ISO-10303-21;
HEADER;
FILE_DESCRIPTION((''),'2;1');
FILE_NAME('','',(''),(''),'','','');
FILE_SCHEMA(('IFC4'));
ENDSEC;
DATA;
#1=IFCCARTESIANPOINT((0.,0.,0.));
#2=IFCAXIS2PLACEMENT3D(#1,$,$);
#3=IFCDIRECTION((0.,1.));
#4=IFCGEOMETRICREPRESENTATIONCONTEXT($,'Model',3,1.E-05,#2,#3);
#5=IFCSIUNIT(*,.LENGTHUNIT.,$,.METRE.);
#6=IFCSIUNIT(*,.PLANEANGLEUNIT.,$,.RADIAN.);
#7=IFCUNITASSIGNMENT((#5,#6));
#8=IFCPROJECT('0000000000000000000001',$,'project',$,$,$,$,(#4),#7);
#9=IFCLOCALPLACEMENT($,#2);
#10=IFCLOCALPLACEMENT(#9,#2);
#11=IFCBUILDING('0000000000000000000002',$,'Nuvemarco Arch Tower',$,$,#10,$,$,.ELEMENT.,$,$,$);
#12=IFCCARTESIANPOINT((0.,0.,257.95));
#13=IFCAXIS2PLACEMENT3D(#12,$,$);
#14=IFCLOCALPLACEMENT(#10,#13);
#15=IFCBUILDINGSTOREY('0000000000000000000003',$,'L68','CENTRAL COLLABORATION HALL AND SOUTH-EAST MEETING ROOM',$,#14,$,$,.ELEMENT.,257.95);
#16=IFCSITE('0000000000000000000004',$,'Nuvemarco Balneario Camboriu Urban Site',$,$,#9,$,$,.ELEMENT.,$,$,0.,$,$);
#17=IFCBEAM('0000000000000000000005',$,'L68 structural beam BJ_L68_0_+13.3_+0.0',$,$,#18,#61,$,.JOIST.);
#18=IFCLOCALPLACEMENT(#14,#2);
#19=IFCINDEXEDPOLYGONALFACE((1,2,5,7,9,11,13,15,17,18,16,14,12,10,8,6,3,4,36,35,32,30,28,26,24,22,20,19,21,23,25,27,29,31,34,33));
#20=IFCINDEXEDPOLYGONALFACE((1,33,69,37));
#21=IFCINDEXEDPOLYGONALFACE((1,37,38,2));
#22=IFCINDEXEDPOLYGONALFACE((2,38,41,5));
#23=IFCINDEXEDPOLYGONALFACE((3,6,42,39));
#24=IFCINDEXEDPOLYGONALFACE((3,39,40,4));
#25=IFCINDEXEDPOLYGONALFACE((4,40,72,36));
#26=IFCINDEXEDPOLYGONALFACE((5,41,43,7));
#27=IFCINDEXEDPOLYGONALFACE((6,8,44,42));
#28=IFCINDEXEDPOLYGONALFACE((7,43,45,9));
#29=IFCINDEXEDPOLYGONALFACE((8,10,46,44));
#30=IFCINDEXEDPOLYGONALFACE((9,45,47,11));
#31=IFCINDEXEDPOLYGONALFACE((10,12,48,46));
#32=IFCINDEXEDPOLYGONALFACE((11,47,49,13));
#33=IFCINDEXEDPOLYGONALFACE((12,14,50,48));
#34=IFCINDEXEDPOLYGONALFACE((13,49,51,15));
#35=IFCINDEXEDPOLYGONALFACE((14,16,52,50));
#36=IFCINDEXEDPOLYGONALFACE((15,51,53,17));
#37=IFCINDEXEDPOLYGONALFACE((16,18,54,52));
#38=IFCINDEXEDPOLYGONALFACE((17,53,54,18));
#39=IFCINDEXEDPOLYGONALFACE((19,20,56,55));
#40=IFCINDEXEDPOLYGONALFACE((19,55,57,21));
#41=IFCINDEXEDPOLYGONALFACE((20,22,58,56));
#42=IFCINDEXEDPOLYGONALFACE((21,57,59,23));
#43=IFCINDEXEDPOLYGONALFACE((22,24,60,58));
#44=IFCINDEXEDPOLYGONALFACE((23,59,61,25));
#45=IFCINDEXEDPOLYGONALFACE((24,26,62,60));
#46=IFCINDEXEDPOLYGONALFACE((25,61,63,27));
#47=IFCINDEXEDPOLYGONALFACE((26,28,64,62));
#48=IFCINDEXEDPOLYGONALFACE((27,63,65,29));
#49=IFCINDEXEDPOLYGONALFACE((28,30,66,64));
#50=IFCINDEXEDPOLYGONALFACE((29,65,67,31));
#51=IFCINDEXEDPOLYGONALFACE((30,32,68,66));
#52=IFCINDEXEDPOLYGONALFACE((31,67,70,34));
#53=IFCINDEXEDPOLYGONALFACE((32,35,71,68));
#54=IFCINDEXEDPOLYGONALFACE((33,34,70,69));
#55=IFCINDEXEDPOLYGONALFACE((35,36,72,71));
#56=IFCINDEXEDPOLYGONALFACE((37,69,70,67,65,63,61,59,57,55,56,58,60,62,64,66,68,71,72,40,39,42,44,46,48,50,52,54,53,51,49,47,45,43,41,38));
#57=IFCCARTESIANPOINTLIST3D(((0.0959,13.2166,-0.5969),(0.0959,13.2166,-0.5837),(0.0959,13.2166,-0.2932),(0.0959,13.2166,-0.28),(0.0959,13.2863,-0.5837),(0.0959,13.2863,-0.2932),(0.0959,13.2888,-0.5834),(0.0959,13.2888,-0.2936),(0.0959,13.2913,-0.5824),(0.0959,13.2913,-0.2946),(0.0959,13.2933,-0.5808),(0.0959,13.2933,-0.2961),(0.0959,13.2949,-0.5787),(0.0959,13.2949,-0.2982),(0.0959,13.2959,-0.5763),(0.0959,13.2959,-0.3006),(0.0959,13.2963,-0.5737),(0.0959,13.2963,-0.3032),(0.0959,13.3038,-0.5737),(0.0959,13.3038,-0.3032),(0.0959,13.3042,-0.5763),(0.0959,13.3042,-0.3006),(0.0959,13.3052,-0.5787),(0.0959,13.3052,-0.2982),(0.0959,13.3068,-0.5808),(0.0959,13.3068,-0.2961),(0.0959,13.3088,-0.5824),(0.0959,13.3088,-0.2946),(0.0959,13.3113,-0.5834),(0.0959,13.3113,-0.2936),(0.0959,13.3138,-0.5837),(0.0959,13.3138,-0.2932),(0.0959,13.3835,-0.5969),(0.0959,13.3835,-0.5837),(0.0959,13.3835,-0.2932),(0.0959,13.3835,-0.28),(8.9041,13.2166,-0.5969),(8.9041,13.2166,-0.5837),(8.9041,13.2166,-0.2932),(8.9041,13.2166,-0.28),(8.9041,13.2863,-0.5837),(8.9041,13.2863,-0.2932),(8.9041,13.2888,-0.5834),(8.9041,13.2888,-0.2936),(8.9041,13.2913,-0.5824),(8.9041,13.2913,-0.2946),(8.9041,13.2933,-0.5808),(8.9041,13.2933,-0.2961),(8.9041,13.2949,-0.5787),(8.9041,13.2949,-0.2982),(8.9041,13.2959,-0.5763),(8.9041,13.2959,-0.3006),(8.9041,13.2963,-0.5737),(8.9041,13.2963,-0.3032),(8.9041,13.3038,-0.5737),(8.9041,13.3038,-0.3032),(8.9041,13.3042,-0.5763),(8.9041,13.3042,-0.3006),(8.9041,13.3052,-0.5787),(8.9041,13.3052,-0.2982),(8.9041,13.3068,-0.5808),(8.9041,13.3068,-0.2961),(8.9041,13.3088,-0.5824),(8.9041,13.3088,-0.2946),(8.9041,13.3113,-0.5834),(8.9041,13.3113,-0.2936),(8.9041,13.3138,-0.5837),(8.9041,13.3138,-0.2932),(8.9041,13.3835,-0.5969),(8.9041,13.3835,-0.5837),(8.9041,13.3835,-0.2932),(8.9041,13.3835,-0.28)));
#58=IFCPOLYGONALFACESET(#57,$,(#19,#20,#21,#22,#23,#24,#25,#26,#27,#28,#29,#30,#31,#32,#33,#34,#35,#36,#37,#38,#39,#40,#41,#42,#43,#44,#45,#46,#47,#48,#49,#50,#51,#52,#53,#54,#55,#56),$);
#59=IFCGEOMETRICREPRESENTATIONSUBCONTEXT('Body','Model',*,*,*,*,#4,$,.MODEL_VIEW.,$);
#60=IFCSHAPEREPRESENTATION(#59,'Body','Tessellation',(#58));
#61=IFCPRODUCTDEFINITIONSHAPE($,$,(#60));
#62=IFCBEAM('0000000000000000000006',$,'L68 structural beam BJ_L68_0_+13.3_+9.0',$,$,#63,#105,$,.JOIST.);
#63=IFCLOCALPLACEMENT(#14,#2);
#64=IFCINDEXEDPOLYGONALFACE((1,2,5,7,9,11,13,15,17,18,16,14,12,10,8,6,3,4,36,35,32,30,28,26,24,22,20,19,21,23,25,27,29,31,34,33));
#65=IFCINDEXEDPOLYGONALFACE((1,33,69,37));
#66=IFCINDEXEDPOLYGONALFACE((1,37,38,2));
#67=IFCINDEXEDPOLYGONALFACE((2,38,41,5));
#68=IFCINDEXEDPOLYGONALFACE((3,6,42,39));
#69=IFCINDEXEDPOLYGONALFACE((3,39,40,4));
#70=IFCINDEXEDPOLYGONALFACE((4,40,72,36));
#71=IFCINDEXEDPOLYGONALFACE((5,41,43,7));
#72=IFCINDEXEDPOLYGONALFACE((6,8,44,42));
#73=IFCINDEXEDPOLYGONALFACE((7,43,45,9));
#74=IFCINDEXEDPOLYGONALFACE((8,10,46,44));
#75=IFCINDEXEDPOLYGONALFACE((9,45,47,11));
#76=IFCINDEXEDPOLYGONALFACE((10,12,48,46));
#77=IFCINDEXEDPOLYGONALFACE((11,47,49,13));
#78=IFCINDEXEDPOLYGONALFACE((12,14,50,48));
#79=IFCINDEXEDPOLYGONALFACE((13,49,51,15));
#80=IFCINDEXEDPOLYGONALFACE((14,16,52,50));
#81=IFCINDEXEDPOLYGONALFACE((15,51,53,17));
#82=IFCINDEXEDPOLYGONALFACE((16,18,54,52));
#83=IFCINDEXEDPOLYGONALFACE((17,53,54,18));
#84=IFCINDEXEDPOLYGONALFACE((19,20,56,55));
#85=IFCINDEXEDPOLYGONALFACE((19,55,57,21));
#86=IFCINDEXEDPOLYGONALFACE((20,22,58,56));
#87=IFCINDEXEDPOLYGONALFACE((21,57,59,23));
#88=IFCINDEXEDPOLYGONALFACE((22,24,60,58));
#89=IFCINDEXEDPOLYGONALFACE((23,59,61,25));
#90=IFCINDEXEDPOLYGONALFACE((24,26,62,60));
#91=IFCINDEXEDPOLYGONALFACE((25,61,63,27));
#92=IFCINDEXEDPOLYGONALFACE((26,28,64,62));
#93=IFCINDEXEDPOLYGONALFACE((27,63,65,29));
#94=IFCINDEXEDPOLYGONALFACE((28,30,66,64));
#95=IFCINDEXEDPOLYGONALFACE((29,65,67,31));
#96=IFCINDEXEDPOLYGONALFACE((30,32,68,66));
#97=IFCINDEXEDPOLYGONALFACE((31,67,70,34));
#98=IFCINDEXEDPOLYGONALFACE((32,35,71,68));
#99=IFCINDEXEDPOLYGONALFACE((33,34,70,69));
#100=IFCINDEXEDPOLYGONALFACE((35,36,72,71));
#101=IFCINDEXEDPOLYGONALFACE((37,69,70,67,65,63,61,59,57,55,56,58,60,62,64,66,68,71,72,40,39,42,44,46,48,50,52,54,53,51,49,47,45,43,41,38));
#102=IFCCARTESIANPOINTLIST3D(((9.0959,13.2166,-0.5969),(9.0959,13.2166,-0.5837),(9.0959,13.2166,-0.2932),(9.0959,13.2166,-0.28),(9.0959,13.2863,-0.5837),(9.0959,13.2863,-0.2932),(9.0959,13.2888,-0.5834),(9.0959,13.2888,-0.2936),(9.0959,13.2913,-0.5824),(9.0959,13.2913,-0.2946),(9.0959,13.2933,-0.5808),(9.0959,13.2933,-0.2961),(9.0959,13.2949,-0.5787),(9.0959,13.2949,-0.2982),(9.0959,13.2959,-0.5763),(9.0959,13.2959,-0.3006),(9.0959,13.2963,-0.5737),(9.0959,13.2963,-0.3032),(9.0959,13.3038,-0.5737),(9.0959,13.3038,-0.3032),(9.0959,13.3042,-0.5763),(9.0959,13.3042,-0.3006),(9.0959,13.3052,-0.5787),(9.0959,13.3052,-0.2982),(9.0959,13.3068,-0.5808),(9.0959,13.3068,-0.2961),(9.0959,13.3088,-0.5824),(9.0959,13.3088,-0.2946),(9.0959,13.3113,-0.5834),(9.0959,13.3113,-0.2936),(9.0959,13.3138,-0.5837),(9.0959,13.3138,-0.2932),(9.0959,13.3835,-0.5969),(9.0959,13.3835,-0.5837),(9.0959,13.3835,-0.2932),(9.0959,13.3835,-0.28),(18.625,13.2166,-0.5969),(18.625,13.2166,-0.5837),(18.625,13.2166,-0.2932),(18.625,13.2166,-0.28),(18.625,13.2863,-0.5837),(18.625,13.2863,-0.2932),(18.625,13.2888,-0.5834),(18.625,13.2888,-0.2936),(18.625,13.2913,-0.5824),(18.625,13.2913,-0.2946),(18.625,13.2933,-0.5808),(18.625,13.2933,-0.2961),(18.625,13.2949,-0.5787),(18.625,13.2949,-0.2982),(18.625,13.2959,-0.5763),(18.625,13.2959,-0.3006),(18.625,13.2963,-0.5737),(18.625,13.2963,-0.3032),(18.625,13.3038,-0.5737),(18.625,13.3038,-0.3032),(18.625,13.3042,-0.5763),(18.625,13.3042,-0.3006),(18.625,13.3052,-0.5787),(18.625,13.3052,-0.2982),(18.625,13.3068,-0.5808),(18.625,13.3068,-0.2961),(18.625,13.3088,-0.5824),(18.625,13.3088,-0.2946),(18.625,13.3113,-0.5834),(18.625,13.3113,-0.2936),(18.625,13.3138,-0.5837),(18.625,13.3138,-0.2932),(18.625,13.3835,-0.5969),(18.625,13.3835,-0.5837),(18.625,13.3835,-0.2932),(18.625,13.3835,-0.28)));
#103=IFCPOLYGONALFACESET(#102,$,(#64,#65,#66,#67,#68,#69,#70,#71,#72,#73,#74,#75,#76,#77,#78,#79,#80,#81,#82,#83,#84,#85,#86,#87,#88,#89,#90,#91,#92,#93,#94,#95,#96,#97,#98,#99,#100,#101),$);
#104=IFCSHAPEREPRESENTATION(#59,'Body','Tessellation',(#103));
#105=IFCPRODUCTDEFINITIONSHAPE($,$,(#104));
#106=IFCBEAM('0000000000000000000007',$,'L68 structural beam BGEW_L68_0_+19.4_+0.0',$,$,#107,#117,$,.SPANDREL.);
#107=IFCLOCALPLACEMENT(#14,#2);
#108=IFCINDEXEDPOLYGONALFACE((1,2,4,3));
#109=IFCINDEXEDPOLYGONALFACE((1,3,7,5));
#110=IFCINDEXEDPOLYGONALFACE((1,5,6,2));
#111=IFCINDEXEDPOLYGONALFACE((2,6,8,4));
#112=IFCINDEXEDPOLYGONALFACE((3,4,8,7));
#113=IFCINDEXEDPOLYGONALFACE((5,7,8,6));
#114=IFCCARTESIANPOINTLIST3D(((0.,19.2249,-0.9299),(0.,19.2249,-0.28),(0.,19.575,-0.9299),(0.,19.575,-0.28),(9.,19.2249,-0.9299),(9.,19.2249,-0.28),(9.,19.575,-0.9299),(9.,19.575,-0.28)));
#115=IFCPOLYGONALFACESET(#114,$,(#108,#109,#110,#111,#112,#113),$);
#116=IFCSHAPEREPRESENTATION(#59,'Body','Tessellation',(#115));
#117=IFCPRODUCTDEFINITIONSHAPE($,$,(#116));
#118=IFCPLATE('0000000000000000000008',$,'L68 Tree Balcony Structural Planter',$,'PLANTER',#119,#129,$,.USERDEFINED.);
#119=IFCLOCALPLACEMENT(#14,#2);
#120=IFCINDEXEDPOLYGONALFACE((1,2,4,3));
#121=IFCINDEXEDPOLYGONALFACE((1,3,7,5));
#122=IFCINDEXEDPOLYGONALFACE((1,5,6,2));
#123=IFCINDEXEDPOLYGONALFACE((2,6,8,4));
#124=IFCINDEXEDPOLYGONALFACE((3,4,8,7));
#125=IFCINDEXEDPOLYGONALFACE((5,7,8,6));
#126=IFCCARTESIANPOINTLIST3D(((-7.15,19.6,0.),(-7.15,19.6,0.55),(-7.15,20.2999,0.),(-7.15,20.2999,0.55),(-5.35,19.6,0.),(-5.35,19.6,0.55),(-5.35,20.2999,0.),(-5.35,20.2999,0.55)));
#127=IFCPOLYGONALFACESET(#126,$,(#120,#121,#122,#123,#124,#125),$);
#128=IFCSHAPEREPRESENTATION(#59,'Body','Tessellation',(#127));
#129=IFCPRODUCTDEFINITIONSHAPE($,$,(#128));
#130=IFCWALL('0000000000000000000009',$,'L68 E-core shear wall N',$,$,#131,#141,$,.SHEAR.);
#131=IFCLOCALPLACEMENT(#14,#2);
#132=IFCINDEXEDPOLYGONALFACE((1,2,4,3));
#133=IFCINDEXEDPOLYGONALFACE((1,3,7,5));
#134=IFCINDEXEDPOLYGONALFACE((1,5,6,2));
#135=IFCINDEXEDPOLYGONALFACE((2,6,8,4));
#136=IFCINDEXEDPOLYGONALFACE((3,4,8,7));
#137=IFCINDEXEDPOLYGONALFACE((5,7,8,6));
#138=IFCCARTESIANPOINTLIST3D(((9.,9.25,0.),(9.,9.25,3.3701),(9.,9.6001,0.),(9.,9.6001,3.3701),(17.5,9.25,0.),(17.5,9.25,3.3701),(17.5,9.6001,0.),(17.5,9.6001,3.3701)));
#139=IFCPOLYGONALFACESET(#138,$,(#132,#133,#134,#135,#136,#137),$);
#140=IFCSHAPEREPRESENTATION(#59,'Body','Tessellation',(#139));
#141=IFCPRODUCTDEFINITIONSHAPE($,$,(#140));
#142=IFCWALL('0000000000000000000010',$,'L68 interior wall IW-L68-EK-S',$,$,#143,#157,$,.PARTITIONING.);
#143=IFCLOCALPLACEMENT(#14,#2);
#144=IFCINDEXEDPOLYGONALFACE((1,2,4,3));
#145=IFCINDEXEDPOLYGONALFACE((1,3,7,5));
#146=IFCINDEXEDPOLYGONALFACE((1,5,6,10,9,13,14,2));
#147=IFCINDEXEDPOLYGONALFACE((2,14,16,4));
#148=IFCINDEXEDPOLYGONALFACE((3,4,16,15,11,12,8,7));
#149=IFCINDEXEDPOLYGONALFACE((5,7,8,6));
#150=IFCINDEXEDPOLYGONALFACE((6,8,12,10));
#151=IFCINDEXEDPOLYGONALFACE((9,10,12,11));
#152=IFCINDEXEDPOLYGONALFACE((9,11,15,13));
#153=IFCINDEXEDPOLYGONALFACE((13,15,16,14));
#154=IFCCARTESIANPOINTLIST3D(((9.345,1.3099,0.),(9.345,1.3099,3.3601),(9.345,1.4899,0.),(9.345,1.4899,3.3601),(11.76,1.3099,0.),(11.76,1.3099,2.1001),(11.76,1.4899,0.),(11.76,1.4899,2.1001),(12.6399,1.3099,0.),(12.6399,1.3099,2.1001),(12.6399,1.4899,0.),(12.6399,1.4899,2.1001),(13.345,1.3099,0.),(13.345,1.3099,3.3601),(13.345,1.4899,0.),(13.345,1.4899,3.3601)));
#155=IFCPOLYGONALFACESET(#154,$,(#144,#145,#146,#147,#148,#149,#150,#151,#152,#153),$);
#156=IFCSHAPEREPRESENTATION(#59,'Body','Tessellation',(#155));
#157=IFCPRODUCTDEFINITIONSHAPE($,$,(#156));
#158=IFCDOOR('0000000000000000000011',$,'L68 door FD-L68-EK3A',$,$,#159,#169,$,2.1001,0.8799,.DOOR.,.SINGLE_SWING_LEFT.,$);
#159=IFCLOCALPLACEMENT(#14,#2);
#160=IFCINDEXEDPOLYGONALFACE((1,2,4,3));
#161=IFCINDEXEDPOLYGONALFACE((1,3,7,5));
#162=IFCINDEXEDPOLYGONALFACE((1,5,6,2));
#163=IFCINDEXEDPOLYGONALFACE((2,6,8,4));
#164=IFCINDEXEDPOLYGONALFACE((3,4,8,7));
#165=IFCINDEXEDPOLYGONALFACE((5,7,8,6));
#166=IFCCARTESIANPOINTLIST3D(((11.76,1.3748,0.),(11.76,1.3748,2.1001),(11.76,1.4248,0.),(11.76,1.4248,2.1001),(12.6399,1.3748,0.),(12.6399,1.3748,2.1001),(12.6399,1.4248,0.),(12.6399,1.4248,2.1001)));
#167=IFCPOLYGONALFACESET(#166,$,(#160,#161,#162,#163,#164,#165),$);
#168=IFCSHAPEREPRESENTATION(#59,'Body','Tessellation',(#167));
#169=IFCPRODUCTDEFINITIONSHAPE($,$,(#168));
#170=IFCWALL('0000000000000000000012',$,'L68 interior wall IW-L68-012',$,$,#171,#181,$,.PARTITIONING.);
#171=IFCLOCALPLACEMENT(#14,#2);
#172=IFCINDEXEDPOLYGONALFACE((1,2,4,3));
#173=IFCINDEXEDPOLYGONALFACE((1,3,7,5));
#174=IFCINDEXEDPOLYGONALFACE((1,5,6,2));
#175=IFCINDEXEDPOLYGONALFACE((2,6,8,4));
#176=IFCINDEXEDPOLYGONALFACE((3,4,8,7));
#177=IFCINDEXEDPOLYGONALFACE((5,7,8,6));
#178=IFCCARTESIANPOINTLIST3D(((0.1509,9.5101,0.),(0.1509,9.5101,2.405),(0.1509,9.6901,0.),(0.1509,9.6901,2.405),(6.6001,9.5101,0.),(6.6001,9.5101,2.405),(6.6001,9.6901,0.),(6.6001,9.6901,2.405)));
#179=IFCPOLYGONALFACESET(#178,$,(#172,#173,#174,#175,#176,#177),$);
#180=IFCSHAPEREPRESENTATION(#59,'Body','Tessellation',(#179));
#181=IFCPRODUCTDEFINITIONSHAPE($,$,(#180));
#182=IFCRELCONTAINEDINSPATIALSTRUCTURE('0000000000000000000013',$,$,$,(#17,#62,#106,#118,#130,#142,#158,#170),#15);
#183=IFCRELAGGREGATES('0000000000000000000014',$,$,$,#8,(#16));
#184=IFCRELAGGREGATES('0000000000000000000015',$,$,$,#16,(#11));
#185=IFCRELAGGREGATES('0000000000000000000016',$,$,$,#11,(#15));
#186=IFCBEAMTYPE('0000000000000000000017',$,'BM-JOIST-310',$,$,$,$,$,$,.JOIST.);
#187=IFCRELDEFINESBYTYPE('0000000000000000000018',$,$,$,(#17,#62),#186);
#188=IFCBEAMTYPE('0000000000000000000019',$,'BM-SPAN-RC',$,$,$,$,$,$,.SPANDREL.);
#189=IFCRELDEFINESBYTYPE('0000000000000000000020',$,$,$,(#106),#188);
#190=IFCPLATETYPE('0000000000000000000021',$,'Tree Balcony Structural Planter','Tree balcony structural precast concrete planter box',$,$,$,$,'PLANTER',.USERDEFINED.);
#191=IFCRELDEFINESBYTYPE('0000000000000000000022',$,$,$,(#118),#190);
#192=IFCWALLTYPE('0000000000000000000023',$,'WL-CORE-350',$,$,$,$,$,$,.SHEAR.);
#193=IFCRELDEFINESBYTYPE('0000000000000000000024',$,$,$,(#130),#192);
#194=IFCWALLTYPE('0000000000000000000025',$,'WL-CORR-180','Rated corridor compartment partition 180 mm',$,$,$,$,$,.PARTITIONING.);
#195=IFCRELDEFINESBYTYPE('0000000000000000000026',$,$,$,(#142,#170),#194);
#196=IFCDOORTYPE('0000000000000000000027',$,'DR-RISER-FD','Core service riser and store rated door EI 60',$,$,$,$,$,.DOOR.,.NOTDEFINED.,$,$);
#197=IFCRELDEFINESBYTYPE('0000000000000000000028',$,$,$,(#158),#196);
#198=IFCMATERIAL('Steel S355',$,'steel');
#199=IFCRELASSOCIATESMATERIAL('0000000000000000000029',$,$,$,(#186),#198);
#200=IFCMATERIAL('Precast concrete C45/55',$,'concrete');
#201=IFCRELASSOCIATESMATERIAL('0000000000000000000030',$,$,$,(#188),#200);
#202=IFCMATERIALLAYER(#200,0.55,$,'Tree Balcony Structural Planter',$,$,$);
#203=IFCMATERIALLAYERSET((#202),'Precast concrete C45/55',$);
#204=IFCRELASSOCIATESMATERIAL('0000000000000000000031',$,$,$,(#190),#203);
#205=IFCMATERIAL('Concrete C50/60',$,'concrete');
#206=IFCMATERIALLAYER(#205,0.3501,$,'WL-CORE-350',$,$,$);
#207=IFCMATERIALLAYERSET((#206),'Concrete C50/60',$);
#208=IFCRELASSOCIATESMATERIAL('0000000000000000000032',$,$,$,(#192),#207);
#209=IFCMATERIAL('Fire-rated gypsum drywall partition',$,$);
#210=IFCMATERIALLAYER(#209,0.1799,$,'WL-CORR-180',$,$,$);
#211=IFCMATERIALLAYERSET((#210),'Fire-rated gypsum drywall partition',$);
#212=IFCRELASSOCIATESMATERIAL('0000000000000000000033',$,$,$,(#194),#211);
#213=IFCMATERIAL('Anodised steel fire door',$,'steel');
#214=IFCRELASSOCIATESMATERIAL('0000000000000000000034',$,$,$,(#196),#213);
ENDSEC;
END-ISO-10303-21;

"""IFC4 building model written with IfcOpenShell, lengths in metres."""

from ifc_helpers import new_model, si_unit, direction, frame, frame_2d, origin, origin_2d, place, context, subcontext, project, spatial, rectangle, i_section, extrude, source, transform, mapped, material, layer, layer_set, material_profile, profile_set, type_object, type_shapes, element, fill, save


model = new_model("IFC4")

# Units and contexts
model_context = context("Model", 3, precision=1e-05, world=origin(), true_north=direction((0.0, 1.0)))
body_context = subcontext(model_context, "Body", "Model", "MODEL_VIEW")
ifc_project = project(units=[si_unit("LENGTHUNIT", "METRE"), si_unit("PLANEANGLEUNIT", "RADIAN")], contexts=[model_context])

# Site, building, storey
site_placement = place(None, origin())
site = spatial("IfcSite", under=ifc_project, at=site_placement, Name="Nuvemarco Balneario Camboriu Urban Site", CompositionType="ELEMENT", RefElevation=0.0)
building_placement = place(site_placement, origin())
building = spatial("IfcBuilding", under=site, at=building_placement, Name="Nuvemarco Arch Tower", CompositionType="ELEMENT")
storey_placement = place(building_placement, frame((0.0, 0.0, 257.95)))
storey = spatial("IfcBuildingStorey", under=building, at=storey_placement, Name="L68", Description="CENTRAL COLLABORATION HALL AND SOUTH-EAST MEETING ROOM", CompositionType="ELEMENT", Elevation=257.95)

# Shared definitions
ifc_material_1 = material(Name="Concrete C50/60", Category="concrete")
ifc_material_2 = material(Name="Steel S355", Category="steel")

# Beams
ifc_material_profile_1 = material_profile(ifc_material_2, i_section(OverallWidth=0.167, OverallDepth=0.3169, WebThickness=0.0076, FlangeThickness=0.0132, FilletRadius=0.01, at=origin_2d()), Name="W310x52")
ifc_profile_set_1 = profile_set([ifc_material_profile_1], Name="Steel S355")
beam_type_1 = type_object("IfcBeamType", Name="BM-JOIST-310", PredefinedType="JOIST", material=ifc_profile_set_1)
beam_1_placement = place(storey_placement, frame((0.0959, 13.3, -0.4385), z_axis=(1.0, 0.0, 0.0), x_axis=(0.0, 1.0, 0.0)))
element("IfcBeam", 1, at=beam_1_placement, inside=storey, type_object=beam_type_1, Name="L68 structural beam BJ_L68_0_+13.3_+0.0", PredefinedType="JOIST", context=body_context, shape_type="SweptSolid", body=[
    extrude(i_section(OverallWidth=0.167, OverallDepth=0.3169, WebThickness=0.0076, FlangeThickness=0.0132, FilletRadius=0.01, at=origin_2d()), origin(), (0.0, 0.0, 1.0), 8.8081),
])
beam_2_placement = place(storey_placement, frame((9.0959, 13.3, -0.4385), z_axis=(1.0, 0.0, 0.0), x_axis=(0.0, 1.0, 0.0)))
element("IfcBeam", 2, at=beam_2_placement, inside=storey, type_object=beam_type_1, Name="L68 structural beam BJ_L68_0_+13.3_+9.0", PredefinedType="JOIST", context=body_context, shape_type="SweptSolid", body=[
    extrude(i_section(OverallWidth=0.167, OverallDepth=0.3169, WebThickness=0.0076, FlangeThickness=0.0132, FilletRadius=0.01, at=origin_2d()), origin(), (0.0, 0.0, 1.0), 9.5291),
])
ifc_material_3 = material(Name="Precast concrete C45/55", Category="concrete")
ifc_material_profile_2 = material_profile(ifc_material_3, rectangle(XDim=0.3501, YDim=0.6499, at=origin_2d()), Name="PC-SP-350x650")
ifc_profile_set_2 = profile_set([ifc_material_profile_2], Name="Precast concrete C45/55")
beam_type_2 = type_object("IfcBeamType", Name="BM-SPAN-RC", PredefinedType="SPANDREL", material=ifc_profile_set_2)
beam_3_placement = place(storey_placement, frame((0.0, 19.3999, -0.605), z_axis=(1.0, 0.0, 0.0), x_axis=(0.0, 1.0, 0.0)))
element("IfcBeam", 3, at=beam_3_placement, inside=storey, type_object=beam_type_2, Name="L68 structural beam BGEW_L68_0_+19.4_+0.0", PredefinedType="SPANDREL", context=body_context, shape_type="SweptSolid", body=[
    extrude(rectangle(XDim=0.3501, YDim=0.6499, at=origin_2d()), origin(), (0.0, 0.0, 1.0), 9.0),
])

# Plate
ifc_layer_1 = layer(ifc_material_3, 0.55, Name="Tree Balcony Structural Planter")
ifc_layer_set_1 = layer_set([ifc_layer_1], Name="Precast concrete C45/55")
plate_type = type_object("IfcPlateType", Name="Tree Balcony Structural Planter", Description="Tree balcony structural precast concrete planter box", ElementType="PLANTER", PredefinedType="USERDEFINED", material=ifc_layer_set_1)
shared_shape_1 = source(origin(), body_context, "Body", "SweptSolid", [
    extrude(rectangle(XDim=1.8, YDim=0.7, at=origin_2d()), origin(), (0.0, 0.0, 1.0), 0.55),
])
type_shapes(plate_type, [shared_shape_1])
plate_placement = place(storey_placement, frame((-6.25, 19.95, 0.0), z_axis=(0.0, 0.0, 1.0), x_axis=(1.0, 0.0, 0.0)))
element("IfcPlate", 4, at=plate_placement, inside=storey, type_object=plate_type, Name="L68 Tree Balcony Structural Planter", ObjectType="PLANTER", PredefinedType="USERDEFINED", context=body_context, shape_type="MappedRepresentation", body=[
    mapped(shared_shape_1, transform((0.0, 0.0, 0.0), scale=1.0)),
])

# Wall
ifc_layer_2 = layer(ifc_material_1, 0.3501, Name="WL-CORE-350")
ifc_layer_set_2 = layer_set([ifc_layer_2], Name="Concrete C50/60")
wall_type_1 = type_object("IfcWallType", Name="WL-CORE-350", PredefinedType="SHEAR", material=ifc_layer_set_2)
wall_1_placement = place(storey_placement, frame((9.0, 9.425, 0.0), z_axis=(0.0, 0.0, 1.0), x_axis=(1.0, 0.0, 0.0)))
element("IfcWall", 5, at=wall_1_placement, inside=storey, type_object=wall_type_1, Name="L68 E-core shear wall N", PredefinedType="SHEAR", context=body_context, shape_type="SweptSolid", body=[
    extrude(rectangle(XDim=8.5, YDim=0.3501, at=frame_2d((4.25, 0.0))), origin(), (0.0, 0.0, 1.0), 3.3701),
])

# Wall, opening, door
ifc_material_4 = material(Name="Fire-rated gypsum drywall partition")
ifc_layer_3 = layer(ifc_material_4, 0.1799, Name="WL-CORR-180")
ifc_layer_set_3 = layer_set([ifc_layer_3], Name="Fire-rated gypsum drywall partition")
wall_type_2 = type_object("IfcWallType", Name="WL-CORR-180", Description="Rated corridor compartment partition 180 mm", PredefinedType="PARTITIONING", material=ifc_layer_set_3)
wall_2_placement = place(storey_placement, frame((9.345, 1.3999, 0.0), z_axis=(0.0, 0.0, 1.0), x_axis=(1.0, 0.0, 0.0)))
wall_2 = element("IfcWall", 6, at=wall_2_placement, inside=storey, type_object=wall_type_2, Name="L68 interior wall IW-L68-EK-S", PredefinedType="PARTITIONING", context=body_context, shape_type="SweptSolid", body=[
    extrude(rectangle(XDim=4.0, YDim=0.1799, at=frame_2d((2.0, 0.0))), origin(), (0.0, 0.0, 1.0), 3.3601),
])
opening_placement = place(wall_2_placement, frame((2.415, 0.0, 0.0)))
opening = element("IfcOpeningElement", 7, at=opening_placement, cuts=wall_2, PredefinedType="OPENING", context=body_context, shape_type="SweptSolid", body=[
    extrude(rectangle(XDim=0.8799, YDim=2.1001, at=frame_2d((0.4399, 1.05))), frame((0.0, 0.0999, 0.0), z_axis=(0.0, -1.0, 0.0), x_axis=(1.0, 0.0, 0.0)), (0.0, 0.0, 1.0), 0.2),
])
ifc_material_5 = material(Name="Anodised steel fire door", Category="steel")
door_type = type_object("IfcDoorType", Name="DR-RISER-FD", Description="Core service riser and store rated door EI 60", OperationType="NOTDEFINED", PredefinedType="DOOR", material=ifc_material_5)
shared_shape_2 = source(origin(), body_context, "Body", "SweptSolid", [
    extrude(rectangle(XDim=0.8799, YDim=2.1001, at=frame_2d((0.4399, 1.05))), frame((0.0, 0.0249, 0.0), z_axis=(0.0, -1.0, 0.0), x_axis=(1.0, 0.0, 0.0)), (0.0, 0.0, 1.0), 0.05),
])
type_shapes(door_type, [shared_shape_2])
door_placement = place(opening_placement, origin())
door = element("IfcDoor", 8, at=door_placement, inside=storey, type_object=door_type, Name="L68 door FD-L68-EK3A", OperationType="SINGLE_SWING_LEFT", OverallHeight=2.1001, OverallWidth=0.8799, PredefinedType="DOOR", context=body_context, shape_type="MappedRepresentation", body=[
    mapped(shared_shape_2, transform((0.0, 0.0, 0.0), scale=1.0)),
])
fill(opening, door)

# Wall
wall_3_placement = place(storey_placement, frame((0.1509, 9.6001, 0.0), z_axis=(0.0, 0.0, 1.0), x_axis=(1.0, 0.0, 0.0)))
element("IfcWall", 9, at=wall_3_placement, inside=storey, type_object=wall_type_2, Name="L68 interior wall IW-L68-012", PredefinedType="PARTITIONING", context=body_context, shape_type="SweptSolid", body=[
    extrude(rectangle(XDim=6.4492, YDim=0.1799, at=frame_2d((3.2246, 0.0))), origin(), (0.0, 0.0, 1.0), 2.405),
])

save(model, "model.ifc")
